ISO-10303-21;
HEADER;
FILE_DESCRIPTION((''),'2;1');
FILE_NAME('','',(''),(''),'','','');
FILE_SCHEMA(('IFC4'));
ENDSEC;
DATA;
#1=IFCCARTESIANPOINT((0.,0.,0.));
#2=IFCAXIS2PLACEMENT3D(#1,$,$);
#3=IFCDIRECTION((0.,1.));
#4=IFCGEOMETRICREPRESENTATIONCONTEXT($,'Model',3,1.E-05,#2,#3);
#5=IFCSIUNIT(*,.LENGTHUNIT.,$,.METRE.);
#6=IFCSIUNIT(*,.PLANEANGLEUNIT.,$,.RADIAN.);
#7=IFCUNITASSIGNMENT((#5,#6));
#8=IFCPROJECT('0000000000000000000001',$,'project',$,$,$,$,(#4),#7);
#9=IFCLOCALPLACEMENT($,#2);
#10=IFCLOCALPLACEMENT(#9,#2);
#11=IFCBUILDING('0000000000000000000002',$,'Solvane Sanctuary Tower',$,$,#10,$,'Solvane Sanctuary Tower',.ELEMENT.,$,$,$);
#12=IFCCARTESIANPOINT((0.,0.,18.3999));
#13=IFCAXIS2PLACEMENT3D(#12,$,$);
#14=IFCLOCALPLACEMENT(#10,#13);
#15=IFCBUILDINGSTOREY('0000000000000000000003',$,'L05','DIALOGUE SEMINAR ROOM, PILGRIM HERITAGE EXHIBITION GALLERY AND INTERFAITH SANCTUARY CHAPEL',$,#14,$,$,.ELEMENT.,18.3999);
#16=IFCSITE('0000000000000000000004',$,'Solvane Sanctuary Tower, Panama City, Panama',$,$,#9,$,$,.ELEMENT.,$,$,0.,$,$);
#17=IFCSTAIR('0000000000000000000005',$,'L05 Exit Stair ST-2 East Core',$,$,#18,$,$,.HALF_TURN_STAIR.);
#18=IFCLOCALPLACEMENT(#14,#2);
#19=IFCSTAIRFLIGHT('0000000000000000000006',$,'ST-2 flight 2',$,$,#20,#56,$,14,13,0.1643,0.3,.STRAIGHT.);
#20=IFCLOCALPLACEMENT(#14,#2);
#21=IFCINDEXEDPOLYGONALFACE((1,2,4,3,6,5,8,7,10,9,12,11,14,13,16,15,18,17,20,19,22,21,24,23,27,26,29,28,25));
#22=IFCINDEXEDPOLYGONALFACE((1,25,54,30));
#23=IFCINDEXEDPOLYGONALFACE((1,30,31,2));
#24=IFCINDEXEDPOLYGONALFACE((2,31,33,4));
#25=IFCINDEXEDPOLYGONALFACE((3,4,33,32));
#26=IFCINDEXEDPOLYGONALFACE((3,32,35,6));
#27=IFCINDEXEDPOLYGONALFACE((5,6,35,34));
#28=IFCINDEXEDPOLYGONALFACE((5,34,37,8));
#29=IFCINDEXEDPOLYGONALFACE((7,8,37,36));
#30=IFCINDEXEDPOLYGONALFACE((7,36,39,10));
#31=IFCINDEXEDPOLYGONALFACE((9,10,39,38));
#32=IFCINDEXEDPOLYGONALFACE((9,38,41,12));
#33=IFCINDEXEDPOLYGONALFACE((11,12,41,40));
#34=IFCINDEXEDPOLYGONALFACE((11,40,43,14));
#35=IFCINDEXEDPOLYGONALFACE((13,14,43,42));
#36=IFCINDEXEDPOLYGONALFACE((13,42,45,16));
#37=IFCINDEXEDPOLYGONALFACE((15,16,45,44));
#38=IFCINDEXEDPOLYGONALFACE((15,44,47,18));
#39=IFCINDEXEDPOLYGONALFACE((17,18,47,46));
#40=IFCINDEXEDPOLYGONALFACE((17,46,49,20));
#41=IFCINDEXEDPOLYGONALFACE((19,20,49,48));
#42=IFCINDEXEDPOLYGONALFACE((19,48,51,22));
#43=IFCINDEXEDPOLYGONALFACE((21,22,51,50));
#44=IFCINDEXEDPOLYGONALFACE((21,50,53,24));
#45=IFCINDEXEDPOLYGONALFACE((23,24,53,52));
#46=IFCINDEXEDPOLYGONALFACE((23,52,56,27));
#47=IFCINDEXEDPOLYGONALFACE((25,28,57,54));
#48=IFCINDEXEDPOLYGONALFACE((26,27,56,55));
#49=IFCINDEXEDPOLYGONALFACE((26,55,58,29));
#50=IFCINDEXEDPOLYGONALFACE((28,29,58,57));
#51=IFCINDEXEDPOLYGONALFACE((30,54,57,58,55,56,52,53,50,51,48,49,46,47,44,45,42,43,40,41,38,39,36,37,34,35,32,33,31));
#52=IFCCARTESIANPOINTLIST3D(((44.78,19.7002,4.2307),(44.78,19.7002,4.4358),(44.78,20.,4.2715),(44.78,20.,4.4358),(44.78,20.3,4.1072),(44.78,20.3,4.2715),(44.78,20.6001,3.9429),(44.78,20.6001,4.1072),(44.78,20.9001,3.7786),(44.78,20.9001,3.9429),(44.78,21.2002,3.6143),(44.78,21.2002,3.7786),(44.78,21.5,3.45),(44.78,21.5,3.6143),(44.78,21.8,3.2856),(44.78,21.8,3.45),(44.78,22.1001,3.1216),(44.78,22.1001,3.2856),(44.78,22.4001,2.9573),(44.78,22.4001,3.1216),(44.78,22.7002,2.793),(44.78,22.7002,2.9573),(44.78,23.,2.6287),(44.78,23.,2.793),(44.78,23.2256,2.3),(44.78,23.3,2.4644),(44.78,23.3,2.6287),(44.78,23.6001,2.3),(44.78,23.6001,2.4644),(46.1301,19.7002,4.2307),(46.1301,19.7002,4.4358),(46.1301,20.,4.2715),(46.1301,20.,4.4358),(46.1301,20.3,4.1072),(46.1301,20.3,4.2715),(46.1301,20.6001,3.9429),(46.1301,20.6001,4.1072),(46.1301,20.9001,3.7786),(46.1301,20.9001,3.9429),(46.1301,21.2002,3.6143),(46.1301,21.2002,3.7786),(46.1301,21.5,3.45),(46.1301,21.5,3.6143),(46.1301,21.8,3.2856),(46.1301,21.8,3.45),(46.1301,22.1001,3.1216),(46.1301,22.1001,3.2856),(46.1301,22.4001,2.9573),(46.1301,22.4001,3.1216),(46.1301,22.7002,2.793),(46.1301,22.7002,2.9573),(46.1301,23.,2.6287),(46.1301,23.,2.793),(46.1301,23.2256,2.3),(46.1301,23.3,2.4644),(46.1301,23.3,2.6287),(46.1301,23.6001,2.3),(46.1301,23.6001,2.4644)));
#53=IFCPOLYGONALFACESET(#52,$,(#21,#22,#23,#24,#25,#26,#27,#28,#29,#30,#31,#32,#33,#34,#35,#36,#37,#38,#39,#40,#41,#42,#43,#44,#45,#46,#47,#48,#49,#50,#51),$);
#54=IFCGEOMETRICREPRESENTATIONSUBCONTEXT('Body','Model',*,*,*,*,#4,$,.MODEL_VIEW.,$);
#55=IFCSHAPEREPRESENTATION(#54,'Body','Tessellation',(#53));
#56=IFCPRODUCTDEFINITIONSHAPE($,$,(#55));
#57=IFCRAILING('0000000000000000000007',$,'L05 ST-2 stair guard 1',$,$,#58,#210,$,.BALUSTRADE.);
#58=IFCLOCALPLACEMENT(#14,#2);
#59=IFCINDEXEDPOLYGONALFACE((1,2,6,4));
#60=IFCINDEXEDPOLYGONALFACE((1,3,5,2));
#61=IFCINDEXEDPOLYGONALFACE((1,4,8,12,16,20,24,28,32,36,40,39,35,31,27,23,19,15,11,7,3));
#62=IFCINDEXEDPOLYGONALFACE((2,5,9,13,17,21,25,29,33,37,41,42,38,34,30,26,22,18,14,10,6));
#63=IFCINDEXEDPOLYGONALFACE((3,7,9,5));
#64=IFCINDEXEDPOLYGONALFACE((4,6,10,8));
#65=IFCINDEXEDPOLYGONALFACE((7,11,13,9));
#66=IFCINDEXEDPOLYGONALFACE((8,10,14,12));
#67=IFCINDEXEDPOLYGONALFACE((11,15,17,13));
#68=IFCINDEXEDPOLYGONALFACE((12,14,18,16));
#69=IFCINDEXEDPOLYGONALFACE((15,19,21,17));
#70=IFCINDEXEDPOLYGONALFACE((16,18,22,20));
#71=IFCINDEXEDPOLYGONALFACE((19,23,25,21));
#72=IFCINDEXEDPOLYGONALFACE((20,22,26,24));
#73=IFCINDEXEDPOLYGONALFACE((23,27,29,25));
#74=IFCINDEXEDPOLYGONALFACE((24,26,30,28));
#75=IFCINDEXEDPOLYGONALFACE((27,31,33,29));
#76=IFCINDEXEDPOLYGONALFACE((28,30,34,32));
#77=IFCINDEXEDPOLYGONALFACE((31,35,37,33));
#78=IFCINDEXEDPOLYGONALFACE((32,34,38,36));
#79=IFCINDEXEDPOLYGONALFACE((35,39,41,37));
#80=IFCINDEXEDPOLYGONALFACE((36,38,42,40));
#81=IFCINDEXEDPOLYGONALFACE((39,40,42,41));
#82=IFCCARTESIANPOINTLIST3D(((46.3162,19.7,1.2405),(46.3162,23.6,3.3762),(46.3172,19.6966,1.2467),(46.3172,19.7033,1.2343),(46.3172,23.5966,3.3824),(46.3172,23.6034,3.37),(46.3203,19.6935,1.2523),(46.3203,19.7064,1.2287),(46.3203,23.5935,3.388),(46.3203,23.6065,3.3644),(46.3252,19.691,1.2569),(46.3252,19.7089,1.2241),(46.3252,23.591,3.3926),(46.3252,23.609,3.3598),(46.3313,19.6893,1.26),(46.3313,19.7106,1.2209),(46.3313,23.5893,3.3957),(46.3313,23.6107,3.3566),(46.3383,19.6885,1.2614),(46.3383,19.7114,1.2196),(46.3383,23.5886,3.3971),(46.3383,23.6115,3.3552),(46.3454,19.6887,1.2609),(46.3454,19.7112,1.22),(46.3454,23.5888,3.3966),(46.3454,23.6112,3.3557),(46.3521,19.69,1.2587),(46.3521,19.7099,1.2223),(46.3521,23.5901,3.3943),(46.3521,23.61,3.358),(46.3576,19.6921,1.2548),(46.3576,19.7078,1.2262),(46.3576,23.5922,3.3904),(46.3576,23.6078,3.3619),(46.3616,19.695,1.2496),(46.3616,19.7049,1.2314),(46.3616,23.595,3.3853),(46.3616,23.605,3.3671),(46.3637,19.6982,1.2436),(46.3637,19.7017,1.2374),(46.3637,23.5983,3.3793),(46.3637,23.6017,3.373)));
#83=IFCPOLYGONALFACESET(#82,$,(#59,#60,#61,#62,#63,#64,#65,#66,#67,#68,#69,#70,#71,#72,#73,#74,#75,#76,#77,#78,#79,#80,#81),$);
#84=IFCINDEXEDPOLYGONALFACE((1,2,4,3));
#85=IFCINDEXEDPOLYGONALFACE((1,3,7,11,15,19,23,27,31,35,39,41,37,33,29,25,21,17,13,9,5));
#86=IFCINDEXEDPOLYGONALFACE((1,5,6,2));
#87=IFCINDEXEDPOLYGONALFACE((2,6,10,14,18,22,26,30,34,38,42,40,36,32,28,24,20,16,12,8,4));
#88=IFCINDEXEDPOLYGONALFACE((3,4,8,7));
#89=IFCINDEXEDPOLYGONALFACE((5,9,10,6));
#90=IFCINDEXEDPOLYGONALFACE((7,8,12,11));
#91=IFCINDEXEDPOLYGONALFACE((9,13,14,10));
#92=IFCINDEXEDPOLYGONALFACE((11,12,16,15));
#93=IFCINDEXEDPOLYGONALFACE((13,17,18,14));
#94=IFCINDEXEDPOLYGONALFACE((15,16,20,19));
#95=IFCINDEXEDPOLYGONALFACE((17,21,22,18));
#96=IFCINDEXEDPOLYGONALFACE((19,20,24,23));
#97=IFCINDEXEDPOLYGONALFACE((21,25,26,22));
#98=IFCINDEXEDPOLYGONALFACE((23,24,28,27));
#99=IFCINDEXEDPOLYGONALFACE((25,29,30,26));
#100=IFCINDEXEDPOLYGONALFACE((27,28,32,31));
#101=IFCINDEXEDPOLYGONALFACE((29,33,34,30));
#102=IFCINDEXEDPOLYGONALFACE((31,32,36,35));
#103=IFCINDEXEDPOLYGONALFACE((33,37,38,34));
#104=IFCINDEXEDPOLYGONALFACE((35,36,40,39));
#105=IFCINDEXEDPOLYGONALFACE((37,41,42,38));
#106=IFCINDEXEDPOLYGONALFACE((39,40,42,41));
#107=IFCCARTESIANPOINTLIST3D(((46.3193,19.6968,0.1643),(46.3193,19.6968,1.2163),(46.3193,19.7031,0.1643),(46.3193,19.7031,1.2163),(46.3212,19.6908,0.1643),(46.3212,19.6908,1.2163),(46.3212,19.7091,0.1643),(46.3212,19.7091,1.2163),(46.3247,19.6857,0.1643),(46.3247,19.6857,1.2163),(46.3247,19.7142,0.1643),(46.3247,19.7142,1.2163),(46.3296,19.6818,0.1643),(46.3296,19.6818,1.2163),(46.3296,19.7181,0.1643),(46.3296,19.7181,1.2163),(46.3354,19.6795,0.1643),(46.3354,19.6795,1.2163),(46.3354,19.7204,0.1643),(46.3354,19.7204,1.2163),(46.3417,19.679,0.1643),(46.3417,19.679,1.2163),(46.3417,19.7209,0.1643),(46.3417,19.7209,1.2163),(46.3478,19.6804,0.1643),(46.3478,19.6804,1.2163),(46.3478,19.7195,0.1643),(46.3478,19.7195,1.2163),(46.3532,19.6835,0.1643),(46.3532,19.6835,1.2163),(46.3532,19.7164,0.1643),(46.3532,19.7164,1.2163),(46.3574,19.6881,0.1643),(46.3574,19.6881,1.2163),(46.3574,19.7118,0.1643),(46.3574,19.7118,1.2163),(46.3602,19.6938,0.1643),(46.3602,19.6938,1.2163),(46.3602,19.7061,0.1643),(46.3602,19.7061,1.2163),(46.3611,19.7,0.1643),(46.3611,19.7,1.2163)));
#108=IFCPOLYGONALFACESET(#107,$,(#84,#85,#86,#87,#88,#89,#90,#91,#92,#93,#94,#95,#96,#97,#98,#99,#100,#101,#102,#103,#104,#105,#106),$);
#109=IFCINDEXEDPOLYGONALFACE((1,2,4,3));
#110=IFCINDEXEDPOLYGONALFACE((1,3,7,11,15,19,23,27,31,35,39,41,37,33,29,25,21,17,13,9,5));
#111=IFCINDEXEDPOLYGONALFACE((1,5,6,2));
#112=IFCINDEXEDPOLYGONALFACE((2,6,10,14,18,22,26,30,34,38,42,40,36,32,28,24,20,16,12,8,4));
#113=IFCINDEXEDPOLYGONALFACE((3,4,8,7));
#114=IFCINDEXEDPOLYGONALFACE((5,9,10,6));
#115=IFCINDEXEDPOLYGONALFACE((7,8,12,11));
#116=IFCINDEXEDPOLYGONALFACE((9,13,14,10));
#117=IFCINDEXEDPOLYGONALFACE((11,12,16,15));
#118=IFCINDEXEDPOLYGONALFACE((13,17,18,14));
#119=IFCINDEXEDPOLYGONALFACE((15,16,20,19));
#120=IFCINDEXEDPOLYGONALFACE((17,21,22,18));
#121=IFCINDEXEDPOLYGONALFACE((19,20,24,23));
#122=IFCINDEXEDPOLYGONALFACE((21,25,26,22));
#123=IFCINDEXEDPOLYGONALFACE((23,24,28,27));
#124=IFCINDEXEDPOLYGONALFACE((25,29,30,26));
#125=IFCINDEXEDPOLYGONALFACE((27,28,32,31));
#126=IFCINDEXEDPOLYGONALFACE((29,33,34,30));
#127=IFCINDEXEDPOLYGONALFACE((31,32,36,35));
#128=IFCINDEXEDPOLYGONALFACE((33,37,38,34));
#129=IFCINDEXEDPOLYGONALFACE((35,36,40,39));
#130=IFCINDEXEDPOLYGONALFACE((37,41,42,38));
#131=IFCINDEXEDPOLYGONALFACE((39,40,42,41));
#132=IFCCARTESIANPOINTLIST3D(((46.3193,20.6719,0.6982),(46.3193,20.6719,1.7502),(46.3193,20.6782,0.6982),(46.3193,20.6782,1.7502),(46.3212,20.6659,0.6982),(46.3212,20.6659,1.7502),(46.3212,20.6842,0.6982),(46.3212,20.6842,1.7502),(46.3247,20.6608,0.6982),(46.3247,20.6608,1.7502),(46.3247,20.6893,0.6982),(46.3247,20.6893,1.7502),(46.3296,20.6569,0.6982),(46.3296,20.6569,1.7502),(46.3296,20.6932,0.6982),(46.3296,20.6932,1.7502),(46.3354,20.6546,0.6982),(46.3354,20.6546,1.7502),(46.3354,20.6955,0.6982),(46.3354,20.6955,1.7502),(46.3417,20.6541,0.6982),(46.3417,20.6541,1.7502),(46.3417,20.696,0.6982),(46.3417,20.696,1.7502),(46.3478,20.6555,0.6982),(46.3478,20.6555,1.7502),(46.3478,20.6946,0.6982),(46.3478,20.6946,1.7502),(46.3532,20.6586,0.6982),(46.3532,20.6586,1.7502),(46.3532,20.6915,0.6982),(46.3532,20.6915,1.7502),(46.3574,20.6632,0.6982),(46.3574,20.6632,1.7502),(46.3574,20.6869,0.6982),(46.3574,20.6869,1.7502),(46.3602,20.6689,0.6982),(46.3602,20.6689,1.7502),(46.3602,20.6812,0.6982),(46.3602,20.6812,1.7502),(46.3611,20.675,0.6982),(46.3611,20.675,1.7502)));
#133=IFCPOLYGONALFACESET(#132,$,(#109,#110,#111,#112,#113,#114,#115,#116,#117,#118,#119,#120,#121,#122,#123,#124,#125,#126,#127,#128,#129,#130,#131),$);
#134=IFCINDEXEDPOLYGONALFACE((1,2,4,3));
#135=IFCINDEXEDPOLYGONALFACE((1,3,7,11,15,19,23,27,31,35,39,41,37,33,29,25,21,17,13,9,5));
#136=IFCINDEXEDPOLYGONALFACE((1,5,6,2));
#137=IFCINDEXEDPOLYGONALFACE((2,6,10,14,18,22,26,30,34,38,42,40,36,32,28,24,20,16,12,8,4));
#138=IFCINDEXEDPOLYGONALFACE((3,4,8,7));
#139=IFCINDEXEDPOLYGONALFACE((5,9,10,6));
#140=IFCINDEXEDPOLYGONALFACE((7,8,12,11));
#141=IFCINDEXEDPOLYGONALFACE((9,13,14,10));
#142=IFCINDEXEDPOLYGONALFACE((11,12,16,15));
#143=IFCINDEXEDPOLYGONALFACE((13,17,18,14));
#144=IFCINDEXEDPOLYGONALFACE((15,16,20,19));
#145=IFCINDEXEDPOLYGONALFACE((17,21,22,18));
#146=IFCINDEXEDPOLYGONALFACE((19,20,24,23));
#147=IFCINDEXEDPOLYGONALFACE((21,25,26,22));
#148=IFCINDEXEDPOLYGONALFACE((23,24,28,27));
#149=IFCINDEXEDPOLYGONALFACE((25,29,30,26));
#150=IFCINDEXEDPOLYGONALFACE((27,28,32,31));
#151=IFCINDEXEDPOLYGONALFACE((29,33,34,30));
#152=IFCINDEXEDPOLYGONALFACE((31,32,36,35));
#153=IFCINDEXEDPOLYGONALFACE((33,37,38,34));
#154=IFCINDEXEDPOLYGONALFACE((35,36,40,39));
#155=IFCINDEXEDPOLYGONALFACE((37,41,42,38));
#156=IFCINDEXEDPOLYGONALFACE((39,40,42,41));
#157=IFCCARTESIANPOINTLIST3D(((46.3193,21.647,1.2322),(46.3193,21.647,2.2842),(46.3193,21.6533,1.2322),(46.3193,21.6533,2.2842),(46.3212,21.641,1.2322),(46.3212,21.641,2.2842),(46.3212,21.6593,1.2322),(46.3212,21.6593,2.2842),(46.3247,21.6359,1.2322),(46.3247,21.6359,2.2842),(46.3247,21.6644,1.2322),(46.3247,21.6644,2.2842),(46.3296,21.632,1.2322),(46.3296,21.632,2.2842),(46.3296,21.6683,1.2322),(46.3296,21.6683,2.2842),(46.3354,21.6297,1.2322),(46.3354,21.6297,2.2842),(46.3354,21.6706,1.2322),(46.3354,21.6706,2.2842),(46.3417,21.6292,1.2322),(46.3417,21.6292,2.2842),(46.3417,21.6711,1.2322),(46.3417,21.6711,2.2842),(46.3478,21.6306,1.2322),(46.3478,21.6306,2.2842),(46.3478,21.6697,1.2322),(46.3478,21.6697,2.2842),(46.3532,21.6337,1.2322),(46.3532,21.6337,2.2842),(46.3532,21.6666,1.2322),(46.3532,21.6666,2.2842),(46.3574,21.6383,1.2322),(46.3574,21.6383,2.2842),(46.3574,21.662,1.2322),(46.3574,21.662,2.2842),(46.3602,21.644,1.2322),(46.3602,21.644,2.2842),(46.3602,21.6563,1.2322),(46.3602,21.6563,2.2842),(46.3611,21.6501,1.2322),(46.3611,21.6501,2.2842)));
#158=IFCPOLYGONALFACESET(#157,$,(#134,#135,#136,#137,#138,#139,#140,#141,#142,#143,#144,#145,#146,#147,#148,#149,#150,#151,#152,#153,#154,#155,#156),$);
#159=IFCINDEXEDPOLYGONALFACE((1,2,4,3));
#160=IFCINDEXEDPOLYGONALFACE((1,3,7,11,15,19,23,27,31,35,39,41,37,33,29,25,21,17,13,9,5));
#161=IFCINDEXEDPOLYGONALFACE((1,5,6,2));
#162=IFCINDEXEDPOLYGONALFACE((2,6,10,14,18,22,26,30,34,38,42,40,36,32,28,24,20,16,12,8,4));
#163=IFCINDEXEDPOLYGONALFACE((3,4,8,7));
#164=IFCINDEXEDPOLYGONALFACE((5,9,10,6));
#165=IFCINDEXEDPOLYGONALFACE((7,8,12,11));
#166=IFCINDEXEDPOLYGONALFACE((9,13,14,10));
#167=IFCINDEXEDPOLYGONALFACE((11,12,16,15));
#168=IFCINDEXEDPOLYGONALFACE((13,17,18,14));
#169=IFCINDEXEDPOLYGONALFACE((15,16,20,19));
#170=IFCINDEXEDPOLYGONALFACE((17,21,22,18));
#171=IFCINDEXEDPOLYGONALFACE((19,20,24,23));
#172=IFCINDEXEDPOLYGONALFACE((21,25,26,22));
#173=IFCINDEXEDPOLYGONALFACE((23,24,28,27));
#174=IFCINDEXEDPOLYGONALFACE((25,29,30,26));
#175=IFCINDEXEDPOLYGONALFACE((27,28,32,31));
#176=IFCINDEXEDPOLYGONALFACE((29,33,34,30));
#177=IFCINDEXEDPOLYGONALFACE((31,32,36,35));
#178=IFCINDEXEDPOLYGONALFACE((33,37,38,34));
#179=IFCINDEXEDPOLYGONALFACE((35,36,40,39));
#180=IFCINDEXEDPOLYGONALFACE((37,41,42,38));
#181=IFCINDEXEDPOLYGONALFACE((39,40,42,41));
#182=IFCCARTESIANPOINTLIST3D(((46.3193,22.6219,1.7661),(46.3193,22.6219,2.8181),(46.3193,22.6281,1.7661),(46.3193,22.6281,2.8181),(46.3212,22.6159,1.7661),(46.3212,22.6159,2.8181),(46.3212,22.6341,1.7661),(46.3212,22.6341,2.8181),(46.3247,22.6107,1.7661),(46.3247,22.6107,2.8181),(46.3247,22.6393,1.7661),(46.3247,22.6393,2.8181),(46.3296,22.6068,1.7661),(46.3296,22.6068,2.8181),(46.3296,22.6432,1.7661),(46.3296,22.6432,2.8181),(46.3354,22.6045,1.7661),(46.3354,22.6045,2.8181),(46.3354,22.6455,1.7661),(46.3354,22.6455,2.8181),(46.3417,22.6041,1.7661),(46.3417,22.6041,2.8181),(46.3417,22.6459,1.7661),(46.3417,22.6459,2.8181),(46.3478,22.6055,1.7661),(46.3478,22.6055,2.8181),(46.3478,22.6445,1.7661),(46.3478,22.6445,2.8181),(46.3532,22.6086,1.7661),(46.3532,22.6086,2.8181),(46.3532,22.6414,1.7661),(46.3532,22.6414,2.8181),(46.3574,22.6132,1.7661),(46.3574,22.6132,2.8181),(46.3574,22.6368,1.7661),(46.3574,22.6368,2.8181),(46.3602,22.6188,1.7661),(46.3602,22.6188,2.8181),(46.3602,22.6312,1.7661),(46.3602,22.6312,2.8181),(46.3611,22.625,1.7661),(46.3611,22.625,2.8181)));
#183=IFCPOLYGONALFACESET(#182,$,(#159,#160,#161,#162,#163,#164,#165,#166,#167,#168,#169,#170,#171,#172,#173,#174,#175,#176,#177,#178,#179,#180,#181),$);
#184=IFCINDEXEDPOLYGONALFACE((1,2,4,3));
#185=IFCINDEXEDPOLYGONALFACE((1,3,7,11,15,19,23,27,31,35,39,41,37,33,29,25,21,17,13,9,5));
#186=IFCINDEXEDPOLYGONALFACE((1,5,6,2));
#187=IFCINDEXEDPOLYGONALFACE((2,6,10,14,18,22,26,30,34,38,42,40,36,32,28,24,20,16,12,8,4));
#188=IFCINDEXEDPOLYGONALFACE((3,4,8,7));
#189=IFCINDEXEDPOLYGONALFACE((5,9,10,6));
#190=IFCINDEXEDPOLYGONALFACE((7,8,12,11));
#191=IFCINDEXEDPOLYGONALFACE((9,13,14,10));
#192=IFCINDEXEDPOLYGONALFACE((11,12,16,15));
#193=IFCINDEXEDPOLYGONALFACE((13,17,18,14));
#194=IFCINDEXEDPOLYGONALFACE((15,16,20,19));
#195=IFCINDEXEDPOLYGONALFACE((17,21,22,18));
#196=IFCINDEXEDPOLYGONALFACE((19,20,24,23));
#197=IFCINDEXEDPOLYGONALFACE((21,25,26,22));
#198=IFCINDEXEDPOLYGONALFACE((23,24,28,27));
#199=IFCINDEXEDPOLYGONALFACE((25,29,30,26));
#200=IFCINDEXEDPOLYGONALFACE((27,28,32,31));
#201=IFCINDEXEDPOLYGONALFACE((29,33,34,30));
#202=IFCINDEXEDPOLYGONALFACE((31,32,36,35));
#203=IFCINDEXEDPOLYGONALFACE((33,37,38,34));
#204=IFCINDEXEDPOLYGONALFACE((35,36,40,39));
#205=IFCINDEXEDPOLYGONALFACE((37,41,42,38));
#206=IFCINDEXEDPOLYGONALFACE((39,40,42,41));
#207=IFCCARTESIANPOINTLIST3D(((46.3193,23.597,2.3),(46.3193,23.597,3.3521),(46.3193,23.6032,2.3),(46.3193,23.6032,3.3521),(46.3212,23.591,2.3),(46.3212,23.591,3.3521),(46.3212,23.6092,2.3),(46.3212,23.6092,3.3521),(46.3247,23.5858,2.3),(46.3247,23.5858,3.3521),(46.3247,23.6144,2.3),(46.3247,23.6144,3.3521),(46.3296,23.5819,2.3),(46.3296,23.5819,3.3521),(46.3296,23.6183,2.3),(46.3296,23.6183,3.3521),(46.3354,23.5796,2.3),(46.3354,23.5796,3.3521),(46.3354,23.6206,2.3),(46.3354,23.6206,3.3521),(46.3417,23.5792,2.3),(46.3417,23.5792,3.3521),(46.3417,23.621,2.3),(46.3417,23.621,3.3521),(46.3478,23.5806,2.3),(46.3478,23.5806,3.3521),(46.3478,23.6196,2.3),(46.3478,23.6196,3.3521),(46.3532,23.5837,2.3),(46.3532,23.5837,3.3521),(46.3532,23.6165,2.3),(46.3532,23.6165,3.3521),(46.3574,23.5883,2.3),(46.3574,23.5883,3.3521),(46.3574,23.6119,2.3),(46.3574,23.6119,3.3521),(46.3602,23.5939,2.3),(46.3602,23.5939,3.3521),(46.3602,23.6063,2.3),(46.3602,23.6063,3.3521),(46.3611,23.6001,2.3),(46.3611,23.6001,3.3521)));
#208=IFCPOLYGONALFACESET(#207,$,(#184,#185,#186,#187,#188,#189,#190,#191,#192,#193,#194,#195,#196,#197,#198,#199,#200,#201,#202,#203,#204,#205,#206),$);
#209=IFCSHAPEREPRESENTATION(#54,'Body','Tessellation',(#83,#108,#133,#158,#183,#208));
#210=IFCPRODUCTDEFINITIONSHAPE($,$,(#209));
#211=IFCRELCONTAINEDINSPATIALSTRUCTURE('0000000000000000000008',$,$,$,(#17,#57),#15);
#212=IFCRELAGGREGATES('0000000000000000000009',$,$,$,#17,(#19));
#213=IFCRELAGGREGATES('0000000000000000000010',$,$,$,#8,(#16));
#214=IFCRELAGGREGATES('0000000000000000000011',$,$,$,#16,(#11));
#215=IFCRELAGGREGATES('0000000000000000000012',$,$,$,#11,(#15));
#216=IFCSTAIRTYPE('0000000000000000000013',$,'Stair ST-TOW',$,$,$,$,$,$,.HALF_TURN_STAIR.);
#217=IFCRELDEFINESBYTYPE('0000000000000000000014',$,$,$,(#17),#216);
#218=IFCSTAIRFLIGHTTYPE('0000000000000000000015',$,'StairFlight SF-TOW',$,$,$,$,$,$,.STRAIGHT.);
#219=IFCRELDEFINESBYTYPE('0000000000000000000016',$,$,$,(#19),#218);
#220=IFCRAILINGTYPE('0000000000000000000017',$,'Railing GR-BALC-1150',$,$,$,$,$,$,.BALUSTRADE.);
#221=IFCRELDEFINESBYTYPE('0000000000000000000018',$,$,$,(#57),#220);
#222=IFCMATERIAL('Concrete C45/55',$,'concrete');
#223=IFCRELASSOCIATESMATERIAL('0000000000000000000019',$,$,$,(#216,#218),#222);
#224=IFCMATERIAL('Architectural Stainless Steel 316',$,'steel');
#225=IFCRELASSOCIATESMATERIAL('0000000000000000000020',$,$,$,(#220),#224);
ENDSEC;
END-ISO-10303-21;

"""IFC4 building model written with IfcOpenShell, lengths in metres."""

from ifc_helpers import new_model, si_unit, direction, frame, origin, origin_2d, place, context, subcontext, project, spatial, polyline, circle, outline, extrude, material, type_object, element, aggregate, save


model = new_model("IFC4")

# Units and contexts
model_context = context("Model", 3, precision=1e-05, world=origin(), true_north=direction((0.0, 1.0)))
body_context = subcontext(model_context, "Body", "Model", "MODEL_VIEW")
ifc_project = project(units=[si_unit("LENGTHUNIT", "METRE"), si_unit("PLANEANGLEUNIT", "RADIAN")], contexts=[model_context])

# Site, building, storey
site_placement = place(None, origin())
site = spatial("IfcSite", under=ifc_project, at=site_placement, Name="Solvane Sanctuary Tower, Panama City, Panama", CompositionType="ELEMENT", RefElevation=0.0)
building_placement = place(site_placement, origin())
building = spatial("IfcBuilding", under=site, at=building_placement, Name="Solvane Sanctuary Tower", LongName="Solvane Sanctuary Tower", CompositionType="ELEMENT")
storey_placement = place(building_placement, frame((0.0, 0.0, 18.3999)))
storey = spatial("IfcBuildingStorey", under=building, at=storey_placement, Name="L05", Description="DIALOGUE SEMINAR ROOM, PILGRIM HERITAGE EXHIBITION GALLERY AND INTERFAITH SANCTUARY CHAPEL", CompositionType="ELEMENT", Elevation=18.3999)

# Stair, stair flight
ifc_material_1 = material(Name="Concrete C45/55", Category="concrete")
stair_type = type_object("IfcStairType", Name="Stair ST-TOW", PredefinedType="HALF_TURN_STAIR", material=ifc_material_1)
stair_placement = place(storey_placement, origin())
stair = element("IfcStair", 1, at=stair_placement, inside=storey, type_object=stair_type, Name="L05 Exit Stair ST-2 East Core", PredefinedType="HALF_TURN_STAIR")
stair_flight_type = type_object("IfcStairFlightType", Name="StairFlight SF-TOW", PredefinedType="STRAIGHT", material=ifc_material_1)
stair_flight_1_placement = place(storey_placement, frame((45.4551, 23.6001, 2.3), z_axis=(0.0, 0.0, 1.0), x_axis=(0.0, -1.0, 0.0)))
stair_flight_1 = element("IfcStairFlight", 2, at=stair_flight_1_placement, type_object=stair_flight_type, Name="ST-2 flight 2", NumberOfRisers=14, NumberOfTreads=13, PredefinedType="STRAIGHT", RiserHeight=0.1643, TreadLength=0.3, context=body_context, shape_type="SweptSolid", body=[
    extrude(outline(polyline([(0.0, 0.0), (0.0, 0.1643), (0.3, 0.1643), (0.3, 0.3286), (0.6001, 0.3286), (0.6001, 0.4929), (0.8999, 0.4929), (0.8999, 0.6572), (1.2, 0.6572), (1.2, 0.8215), (1.5, 0.8215), (1.5, 0.9856), (1.8, 0.9856), (1.8, 1.1499), (2.1001, 1.1499), (2.1001, 1.3142), (2.3999, 1.3142), (2.3999, 1.4785), (2.7, 1.4785), (2.7, 1.6428), (3.0, 1.6428), (3.0, 1.8071), (3.3, 1.8071), (3.3, 1.9714), (3.6001, 1.9714), (3.6001, 2.1357), (3.8999, 2.1357), (3.8999, 2.3), (3.8999, 1.9307), (0.3745, 0.0), (0.0, 0.0)])), frame((0.0, 0.675, 0.0), z_axis=(0.0, -1.0, 0.0), x_axis=(1.0, 0.0, 0.0)), (0.0, 0.0, 1.0), 1.3501),
])
aggregate(stair, [stair_flight_1])

# Railing
ifc_material_2 = material(Name="Architectural Stainless Steel 316", Category="steel")
railing_type_1 = type_object("IfcRailingType", Name="Railing GR-BALC-1150", PredefinedType="BALUSTRADE", material=ifc_material_2)
railing_1_placement = place(storey_placement, frame((46.3401, 19.7, 0.1643)))
element("IfcRailing", 3, at=railing_1_placement, inside=storey, type_object=railing_type_1, Name="L05 ST-2 stair guard 1", PredefinedType="BALUSTRADE", context=body_context, shape_type="SweptSolid", body=[
    extrude(circle(Radius=0.0239, at=origin_2d()), frame((0.0, 0.0, 1.0762), z_axis=(0.0, 0.877101, 0.480306), x_axis=(-1.0, 0.0, 0.0)), (0.0, 0.0, 1.0), 4.4465),
    extrude(circle(Radius=0.021, at=origin_2d()), origin(), (0.0, 0.0, 1.0), 1.052),
    extrude(circle(Radius=0.021, at=origin_2d()), frame((0.0, 0.9751, 0.5339)), (0.0, 0.0, 1.0), 1.052),
    extrude(circle(Radius=0.021, at=origin_2d()), frame((0.0, 1.9502, 1.0679)), (0.0, 0.0, 1.0), 1.052),
    extrude(circle(Radius=0.021, at=origin_2d()), frame((0.0, 2.925, 1.6018)), (0.0, 0.0, 1.0), 1.052),
    extrude(circle(Radius=0.021, at=origin_2d()), frame((0.0, 3.9001, 2.1357)), (0.0, 0.0, 1.0), 1.052),
])

save(model, "model.ifc")
